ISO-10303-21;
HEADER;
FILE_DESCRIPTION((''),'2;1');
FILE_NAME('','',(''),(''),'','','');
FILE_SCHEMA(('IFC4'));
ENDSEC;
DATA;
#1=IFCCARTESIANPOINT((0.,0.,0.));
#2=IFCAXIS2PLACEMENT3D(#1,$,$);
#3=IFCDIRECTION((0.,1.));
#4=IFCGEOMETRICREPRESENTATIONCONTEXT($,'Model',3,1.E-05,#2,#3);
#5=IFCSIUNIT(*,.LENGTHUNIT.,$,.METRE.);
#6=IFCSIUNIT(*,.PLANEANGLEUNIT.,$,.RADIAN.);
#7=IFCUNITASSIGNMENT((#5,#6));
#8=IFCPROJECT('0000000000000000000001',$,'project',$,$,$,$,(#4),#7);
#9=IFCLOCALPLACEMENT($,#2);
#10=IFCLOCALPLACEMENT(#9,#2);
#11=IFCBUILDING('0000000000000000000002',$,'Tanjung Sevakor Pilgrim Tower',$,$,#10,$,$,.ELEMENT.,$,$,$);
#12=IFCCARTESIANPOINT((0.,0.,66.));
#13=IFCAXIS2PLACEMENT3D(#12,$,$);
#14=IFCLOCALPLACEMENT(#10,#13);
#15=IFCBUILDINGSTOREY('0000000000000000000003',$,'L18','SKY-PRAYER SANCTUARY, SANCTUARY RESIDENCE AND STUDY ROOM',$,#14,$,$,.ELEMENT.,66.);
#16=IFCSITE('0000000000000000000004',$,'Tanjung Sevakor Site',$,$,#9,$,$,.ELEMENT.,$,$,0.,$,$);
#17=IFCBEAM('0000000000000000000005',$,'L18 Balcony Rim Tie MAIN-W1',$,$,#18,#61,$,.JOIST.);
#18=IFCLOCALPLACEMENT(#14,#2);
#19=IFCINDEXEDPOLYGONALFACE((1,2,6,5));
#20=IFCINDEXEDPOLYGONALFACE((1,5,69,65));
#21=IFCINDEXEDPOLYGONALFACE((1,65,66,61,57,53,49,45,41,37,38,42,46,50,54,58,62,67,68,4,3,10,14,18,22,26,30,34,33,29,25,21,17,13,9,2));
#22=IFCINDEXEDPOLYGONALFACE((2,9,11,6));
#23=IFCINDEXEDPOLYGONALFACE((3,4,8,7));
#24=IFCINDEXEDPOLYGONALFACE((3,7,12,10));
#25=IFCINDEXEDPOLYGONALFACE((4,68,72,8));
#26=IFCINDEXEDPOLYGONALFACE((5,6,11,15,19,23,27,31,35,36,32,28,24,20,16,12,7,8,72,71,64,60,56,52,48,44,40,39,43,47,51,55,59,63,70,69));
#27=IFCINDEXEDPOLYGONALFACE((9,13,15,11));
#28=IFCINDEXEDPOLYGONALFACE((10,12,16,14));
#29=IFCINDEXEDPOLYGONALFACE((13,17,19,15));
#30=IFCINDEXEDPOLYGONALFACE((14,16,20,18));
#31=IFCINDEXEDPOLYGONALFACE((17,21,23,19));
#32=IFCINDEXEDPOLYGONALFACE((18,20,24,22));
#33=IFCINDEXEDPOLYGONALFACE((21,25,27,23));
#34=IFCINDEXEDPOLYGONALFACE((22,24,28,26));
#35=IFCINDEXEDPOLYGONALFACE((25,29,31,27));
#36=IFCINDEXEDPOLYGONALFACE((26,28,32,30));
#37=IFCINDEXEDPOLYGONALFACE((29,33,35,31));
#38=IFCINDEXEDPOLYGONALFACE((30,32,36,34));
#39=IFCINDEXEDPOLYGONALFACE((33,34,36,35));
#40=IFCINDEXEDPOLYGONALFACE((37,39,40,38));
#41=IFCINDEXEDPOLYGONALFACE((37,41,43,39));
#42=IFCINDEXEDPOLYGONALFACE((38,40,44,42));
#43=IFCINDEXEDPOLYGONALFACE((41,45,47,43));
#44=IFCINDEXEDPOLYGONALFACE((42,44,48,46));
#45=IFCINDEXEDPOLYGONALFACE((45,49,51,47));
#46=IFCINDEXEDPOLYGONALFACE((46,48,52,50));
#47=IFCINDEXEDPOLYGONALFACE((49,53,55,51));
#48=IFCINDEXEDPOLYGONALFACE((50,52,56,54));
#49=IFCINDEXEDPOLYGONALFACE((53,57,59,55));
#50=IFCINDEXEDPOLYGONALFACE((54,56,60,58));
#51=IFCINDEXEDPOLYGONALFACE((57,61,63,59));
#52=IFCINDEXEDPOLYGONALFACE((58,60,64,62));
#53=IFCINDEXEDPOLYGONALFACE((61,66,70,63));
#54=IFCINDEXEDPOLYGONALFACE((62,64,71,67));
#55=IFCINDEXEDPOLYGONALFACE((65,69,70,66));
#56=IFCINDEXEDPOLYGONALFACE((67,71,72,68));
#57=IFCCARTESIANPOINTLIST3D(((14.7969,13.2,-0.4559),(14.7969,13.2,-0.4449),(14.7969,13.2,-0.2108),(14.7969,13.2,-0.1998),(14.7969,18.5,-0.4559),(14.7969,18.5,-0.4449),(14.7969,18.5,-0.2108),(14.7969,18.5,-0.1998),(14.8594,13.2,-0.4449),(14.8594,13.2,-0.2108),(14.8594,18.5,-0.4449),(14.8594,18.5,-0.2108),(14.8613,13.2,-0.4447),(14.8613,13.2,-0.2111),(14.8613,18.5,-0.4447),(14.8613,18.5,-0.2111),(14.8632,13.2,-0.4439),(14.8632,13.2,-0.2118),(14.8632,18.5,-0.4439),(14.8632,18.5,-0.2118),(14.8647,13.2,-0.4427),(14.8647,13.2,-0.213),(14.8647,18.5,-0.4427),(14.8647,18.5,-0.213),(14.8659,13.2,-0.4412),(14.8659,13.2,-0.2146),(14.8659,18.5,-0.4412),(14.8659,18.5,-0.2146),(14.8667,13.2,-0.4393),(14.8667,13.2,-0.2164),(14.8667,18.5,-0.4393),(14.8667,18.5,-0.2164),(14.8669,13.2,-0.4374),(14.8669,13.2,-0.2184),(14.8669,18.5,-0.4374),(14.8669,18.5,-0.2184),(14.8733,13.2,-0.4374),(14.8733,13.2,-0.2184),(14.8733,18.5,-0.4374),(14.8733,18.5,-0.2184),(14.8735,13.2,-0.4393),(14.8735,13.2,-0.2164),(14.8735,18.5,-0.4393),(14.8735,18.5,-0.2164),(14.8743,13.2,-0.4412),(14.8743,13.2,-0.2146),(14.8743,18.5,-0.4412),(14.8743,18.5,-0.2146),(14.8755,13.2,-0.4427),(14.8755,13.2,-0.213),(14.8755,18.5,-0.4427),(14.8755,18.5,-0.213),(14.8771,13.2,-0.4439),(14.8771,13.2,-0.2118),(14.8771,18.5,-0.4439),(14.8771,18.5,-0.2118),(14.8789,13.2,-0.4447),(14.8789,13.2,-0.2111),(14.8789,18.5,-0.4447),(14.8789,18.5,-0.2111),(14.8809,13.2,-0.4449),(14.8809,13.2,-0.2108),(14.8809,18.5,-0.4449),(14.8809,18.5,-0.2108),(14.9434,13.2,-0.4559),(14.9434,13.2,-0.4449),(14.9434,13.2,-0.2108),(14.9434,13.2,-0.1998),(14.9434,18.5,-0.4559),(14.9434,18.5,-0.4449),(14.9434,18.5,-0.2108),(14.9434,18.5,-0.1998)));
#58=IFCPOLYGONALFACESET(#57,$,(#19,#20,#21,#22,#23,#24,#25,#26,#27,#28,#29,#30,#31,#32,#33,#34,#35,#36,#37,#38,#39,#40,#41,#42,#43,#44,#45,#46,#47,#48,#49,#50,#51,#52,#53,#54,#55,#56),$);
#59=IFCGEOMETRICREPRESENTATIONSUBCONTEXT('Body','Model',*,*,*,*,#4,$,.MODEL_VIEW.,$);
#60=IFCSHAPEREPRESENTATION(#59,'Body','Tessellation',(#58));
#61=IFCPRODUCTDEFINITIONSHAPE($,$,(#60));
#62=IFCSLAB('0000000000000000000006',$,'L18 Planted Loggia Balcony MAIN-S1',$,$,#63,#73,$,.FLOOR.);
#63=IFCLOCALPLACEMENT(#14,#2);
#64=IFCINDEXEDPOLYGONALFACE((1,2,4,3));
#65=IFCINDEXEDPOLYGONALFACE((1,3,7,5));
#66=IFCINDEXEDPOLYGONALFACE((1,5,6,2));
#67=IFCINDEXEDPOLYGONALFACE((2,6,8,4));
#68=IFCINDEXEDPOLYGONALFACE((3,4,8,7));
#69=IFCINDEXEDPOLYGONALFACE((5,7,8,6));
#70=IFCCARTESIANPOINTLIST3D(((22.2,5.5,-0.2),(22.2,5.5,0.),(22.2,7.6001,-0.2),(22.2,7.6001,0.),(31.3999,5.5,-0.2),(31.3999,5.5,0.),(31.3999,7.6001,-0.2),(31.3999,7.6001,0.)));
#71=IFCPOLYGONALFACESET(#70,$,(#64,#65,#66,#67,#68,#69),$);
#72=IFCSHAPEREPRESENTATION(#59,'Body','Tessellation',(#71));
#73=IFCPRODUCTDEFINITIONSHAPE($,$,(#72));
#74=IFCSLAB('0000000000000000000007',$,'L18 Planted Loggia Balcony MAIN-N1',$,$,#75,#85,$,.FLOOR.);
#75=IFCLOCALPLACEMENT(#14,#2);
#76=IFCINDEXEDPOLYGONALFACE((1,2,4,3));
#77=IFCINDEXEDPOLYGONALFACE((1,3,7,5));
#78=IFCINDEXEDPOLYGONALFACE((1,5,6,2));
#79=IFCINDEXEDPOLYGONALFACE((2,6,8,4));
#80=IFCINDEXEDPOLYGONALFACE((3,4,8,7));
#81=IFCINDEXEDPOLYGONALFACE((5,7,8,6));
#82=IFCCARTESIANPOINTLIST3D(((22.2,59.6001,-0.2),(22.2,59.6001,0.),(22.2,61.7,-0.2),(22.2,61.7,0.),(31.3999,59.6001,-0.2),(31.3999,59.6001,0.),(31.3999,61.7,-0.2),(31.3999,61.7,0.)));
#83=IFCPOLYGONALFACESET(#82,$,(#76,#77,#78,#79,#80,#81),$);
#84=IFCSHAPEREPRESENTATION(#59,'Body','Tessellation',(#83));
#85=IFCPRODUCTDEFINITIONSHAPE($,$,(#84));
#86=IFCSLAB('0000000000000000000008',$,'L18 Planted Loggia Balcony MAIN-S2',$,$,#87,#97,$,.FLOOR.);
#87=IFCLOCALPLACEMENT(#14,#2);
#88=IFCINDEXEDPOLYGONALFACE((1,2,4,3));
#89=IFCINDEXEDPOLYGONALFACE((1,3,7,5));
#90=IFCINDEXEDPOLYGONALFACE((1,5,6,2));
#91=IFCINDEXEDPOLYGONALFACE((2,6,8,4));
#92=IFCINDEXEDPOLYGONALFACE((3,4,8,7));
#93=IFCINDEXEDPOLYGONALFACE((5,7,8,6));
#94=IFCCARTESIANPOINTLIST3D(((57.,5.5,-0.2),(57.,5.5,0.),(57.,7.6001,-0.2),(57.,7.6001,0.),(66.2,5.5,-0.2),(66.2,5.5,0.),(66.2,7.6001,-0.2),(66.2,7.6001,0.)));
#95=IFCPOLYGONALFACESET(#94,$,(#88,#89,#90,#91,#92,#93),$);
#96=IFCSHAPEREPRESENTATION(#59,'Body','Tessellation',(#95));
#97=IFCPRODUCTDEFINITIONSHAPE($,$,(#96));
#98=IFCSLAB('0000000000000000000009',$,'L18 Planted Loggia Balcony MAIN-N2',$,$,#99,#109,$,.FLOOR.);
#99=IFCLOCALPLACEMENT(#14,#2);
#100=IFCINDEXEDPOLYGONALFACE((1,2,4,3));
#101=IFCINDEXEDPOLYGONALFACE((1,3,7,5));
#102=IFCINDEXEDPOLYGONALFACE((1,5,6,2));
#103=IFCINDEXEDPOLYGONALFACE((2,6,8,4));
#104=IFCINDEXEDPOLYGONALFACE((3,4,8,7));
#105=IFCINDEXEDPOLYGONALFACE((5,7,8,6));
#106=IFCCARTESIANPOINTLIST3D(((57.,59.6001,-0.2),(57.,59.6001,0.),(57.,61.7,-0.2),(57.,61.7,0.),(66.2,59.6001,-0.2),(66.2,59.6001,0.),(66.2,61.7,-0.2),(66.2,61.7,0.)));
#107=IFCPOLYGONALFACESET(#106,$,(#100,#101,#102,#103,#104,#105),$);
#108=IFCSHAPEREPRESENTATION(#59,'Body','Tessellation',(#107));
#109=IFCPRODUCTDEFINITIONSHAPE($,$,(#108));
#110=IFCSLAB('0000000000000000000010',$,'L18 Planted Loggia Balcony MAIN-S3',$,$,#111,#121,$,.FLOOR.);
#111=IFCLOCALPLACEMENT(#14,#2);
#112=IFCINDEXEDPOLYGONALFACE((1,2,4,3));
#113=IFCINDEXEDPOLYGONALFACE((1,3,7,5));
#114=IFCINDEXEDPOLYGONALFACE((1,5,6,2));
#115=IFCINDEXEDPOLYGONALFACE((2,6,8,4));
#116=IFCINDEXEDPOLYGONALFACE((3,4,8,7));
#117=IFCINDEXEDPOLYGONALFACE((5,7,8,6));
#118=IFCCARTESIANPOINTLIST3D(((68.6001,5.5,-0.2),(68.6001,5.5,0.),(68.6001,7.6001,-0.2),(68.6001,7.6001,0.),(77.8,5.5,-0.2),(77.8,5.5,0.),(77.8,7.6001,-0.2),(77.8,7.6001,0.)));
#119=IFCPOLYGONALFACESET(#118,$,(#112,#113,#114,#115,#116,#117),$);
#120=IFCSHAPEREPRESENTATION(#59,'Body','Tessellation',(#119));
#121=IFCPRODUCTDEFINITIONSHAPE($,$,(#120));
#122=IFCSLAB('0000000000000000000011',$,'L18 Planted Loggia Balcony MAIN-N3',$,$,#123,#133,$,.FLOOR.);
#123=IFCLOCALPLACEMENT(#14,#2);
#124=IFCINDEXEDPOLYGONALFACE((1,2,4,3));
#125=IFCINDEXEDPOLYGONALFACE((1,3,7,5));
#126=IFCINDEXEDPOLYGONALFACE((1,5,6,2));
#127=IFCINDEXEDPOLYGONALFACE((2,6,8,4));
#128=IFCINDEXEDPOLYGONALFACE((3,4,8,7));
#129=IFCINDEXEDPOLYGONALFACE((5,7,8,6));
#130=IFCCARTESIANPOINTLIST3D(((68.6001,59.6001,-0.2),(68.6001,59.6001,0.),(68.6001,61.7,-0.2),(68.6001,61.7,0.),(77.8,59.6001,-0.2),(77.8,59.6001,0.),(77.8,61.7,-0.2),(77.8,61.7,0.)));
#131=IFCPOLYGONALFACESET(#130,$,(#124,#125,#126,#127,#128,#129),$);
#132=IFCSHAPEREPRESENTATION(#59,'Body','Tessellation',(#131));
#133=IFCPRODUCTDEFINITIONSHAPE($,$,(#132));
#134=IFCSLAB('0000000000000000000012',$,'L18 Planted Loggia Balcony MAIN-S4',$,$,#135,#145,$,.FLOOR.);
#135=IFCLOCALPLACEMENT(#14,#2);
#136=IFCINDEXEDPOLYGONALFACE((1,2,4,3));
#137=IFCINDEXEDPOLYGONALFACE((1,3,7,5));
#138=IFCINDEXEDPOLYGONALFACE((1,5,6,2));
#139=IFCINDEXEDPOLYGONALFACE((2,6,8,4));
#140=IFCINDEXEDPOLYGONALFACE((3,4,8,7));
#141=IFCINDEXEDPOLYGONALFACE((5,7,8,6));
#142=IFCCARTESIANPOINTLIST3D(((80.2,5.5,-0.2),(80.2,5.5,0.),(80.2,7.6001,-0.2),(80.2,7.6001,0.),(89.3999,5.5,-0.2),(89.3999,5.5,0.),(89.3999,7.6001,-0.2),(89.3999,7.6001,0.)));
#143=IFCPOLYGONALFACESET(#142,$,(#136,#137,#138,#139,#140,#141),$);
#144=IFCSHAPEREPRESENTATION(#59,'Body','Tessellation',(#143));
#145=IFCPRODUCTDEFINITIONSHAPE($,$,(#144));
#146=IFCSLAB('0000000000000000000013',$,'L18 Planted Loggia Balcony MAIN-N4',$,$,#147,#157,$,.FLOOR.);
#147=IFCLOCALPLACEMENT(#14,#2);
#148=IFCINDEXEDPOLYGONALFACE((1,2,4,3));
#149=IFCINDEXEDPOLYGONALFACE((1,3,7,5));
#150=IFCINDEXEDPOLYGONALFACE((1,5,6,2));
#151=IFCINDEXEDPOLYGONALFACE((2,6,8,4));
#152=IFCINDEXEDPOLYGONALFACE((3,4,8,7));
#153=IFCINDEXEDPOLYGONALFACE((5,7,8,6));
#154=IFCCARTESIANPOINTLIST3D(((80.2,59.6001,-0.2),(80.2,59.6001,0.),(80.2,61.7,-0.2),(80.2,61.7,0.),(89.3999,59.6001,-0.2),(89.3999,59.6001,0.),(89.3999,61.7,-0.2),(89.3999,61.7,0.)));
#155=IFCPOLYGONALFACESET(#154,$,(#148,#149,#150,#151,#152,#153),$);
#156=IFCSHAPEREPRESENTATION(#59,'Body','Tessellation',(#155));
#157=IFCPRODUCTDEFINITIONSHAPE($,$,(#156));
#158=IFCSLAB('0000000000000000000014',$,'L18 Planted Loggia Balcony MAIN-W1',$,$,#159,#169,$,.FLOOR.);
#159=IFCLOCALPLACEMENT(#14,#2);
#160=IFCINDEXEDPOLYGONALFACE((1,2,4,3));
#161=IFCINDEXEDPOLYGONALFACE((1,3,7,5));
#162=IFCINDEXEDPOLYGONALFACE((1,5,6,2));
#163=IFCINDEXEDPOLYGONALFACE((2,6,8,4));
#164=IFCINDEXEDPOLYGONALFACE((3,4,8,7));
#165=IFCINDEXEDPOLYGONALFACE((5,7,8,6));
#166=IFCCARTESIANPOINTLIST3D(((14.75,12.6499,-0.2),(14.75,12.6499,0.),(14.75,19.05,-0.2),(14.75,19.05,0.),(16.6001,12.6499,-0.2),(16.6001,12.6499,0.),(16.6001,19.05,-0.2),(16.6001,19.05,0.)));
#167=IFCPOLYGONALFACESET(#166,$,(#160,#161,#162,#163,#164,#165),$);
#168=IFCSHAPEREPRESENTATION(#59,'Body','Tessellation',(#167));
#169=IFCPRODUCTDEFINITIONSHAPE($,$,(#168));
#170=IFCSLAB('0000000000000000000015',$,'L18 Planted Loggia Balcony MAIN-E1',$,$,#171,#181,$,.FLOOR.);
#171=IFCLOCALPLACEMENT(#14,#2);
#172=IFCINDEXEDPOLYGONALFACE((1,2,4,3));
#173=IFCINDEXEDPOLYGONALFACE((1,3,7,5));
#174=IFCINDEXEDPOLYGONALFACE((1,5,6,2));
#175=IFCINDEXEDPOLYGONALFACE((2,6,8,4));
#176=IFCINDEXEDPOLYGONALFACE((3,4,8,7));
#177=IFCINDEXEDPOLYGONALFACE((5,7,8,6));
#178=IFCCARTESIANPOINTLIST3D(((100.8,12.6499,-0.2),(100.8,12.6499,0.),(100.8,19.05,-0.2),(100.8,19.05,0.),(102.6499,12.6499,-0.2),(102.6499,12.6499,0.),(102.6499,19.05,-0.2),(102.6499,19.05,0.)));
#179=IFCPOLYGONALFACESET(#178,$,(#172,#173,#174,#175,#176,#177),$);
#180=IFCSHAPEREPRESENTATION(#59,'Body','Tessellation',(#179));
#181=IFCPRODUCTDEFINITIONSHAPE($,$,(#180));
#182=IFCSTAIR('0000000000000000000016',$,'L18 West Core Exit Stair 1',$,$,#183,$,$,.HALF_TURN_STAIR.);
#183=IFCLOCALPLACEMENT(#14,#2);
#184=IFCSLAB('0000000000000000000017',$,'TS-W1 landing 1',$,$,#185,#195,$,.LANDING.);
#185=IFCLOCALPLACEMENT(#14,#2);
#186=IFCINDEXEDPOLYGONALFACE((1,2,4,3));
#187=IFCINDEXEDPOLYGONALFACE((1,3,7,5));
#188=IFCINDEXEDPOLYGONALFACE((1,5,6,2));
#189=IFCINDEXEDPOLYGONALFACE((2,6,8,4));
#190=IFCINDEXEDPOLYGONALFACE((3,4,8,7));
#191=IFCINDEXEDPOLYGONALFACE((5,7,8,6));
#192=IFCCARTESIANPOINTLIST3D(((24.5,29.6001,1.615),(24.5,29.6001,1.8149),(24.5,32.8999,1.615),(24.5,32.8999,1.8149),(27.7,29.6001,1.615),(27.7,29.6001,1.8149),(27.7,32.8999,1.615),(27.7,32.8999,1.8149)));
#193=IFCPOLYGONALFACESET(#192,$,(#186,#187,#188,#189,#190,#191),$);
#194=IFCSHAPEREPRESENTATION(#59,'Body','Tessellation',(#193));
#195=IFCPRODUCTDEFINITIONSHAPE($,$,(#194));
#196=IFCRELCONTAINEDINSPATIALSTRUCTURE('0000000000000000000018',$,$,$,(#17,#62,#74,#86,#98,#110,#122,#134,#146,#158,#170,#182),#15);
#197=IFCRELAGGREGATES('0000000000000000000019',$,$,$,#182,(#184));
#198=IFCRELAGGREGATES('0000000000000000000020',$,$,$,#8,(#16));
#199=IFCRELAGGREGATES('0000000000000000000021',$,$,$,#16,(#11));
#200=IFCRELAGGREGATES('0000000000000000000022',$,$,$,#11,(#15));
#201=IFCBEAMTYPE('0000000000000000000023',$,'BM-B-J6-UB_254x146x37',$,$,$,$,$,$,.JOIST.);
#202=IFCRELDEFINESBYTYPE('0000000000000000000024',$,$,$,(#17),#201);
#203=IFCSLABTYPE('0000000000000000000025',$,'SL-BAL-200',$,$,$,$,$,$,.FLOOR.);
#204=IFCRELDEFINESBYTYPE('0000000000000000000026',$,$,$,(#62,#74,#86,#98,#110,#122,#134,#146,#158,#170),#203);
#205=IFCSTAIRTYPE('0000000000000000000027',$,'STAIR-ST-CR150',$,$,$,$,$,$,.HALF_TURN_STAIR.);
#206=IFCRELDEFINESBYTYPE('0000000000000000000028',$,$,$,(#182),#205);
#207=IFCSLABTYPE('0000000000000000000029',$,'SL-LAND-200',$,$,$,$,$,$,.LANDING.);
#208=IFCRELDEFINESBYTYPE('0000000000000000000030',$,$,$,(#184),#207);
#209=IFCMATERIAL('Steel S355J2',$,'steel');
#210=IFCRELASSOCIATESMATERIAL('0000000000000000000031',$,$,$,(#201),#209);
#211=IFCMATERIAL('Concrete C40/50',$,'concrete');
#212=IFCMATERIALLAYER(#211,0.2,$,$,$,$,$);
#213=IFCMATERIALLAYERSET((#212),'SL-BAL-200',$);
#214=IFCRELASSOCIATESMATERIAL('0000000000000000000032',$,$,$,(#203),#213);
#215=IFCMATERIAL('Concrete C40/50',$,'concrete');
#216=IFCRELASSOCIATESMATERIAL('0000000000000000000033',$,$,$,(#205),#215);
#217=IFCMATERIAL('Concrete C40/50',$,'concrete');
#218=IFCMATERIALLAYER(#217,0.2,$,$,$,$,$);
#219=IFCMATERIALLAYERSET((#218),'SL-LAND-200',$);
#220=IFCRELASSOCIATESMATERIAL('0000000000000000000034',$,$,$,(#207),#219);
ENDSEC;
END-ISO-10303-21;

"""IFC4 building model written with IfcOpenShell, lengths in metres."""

from ifc_helpers import new_model, si_unit, direction, frame, origin, origin_2d, place, context, subcontext, project, spatial, polyline, i_section, outline, extrude, material, layer, layer_set, material_profile, profile_set, type_object, element, aggregate, save


model = new_model("IFC4")

# Units and contexts
model_context = context("Model", 3, precision=1e-05, world=origin(), true_north=direction((0.0, 1.0)))
body_context = subcontext(model_context, "Body", "Model", "MODEL_VIEW")
ifc_project = project(units=[si_unit("LENGTHUNIT", "METRE"), si_unit("PLANEANGLEUNIT", "RADIAN")], contexts=[model_context])

# Site, building, storey
site_placement = place(None, origin())
site = spatial("IfcSite", under=ifc_project, at=site_placement, Name="Tanjung Sevakor Site", CompositionType="ELEMENT", RefElevation=0.0)
building_placement = place(site_placement, origin())
building = spatial("IfcBuilding", under=site, at=building_placement, Name="Tanjung Sevakor Pilgrim Tower", CompositionType="ELEMENT")
storey_placement = place(building_placement, frame((0.0, 0.0, 66.0)))
storey = spatial("IfcBuildingStorey", under=building, at=storey_placement, Name="L18", Description="SKY-PRAYER SANCTUARY, SANCTUARY RESIDENCE AND STUDY ROOM", CompositionType="ELEMENT", Elevation=66.0)

# Beam
ifc_material_1 = material(Name="Steel S355J2", Category="steel")
ifc_material_profile = material_profile(ifc_material_1, i_section(OverallWidth=0.1465, OverallDepth=0.2561, WebThickness=0.0063, FlangeThickness=0.011, FilletRadius=0.0076, at=origin_2d()))
ifc_profile_set = profile_set([ifc_material_profile], Name="Steel S355J2")
beam_type = type_object("IfcBeamType", Name="BM-B-J6-UB_254x146x37", PredefinedType="JOIST", material=ifc_profile_set)
beam_placement = place(storey_placement, frame((14.8701, 13.2, -0.3279), z_axis=(0.0, 1.0, 0.0), x_axis=(-1.0, 0.0, 0.0)))
element("IfcBeam", 1, at=beam_placement, inside=storey, type_object=beam_type, Name="L18 Balcony Rim Tie MAIN-W1", PredefinedType="JOIST", context=body_context, shape_type="SweptSolid", body=[
    extrude(i_section(OverallWidth=0.1465, OverallDepth=0.2561, WebThickness=0.0063, FlangeThickness=0.011, FilletRadius=0.0076, at=origin_2d()), origin(), (0.0, 0.0, 1.0), 5.3),
])

# Slabs
ifc_material_2 = material(Name="Concrete C40/50", Category="concrete")
ifc_layer_1 = layer(ifc_material_2, 0.2)
ifc_layer_set_1 = layer_set([ifc_layer_1], Name="SL-BAL-200")
slab_type_1 = type_object("IfcSlabType", Name="SL-BAL-200", PredefinedType="FLOOR", material=ifc_layer_set_1)
slab_1_placement = place(storey_placement, frame((0.0, 0.0, -0.2)))
element("IfcSlab", 2, at=slab_1_placement, inside=storey, type_object=slab_type_1, Name="L18 Planted Loggia Balcony MAIN-S1", PredefinedType="FLOOR", context=body_context, shape_type="SweptSolid", body=[
    extrude(outline(polyline([(22.2, 5.5), (31.3999, 5.5), (31.3999, 7.6001), (22.2, 7.6001), (22.2, 5.5)])), origin(), (0.0, 0.0, 1.0), 0.2),
])
slab_2_placement = place(storey_placement, frame((0.0, 0.0, -0.2)))
element("IfcSlab", 3, at=slab_2_placement, inside=storey, type_object=slab_type_1, Name="L18 Planted Loggia Balcony MAIN-N1", PredefinedType="FLOOR", context=body_context, shape_type="SweptSolid", body=[
    extrude(outline(polyline([(22.2, 59.6001), (31.3999, 59.6001), (31.3999, 61.7), (22.2, 61.7), (22.2, 59.6001)])), origin(), (0.0, 0.0, 1.0), 0.2),
])
slab_3_placement = place(storey_placement, frame((0.0, 0.0, -0.2)))
element("IfcSlab", 4, at=slab_3_placement, inside=storey, type_object=slab_type_1, Name="L18 Planted Loggia Balcony MAIN-S2", PredefinedType="FLOOR", context=body_context, shape_type="SweptSolid", body=[
    extrude(outline(polyline([(57.0, 5.5), (66.2, 5.5), (66.2, 7.6001), (57.0, 7.6001), (57.0, 5.5)])), origin(), (0.0, 0.0, 1.0), 0.2),
])
slab_4_placement = place(storey_placement, frame((0.0, 0.0, -0.2)))
element("IfcSlab", 5, at=slab_4_placement, inside=storey, type_object=slab_type_1, Name="L18 Planted Loggia Balcony MAIN-N2", PredefinedType="FLOOR", context=body_context, shape_type="SweptSolid", body=[
    extrude(outline(polyline([(57.0, 59.6001), (66.2, 59.6001), (66.2, 61.7), (57.0, 61.7), (57.0, 59.6001)])), origin(), (0.0, 0.0, 1.0), 0.2),
])
slab_5_placement = place(storey_placement, frame((0.0, 0.0, -0.2)))
element("IfcSlab", 6, at=slab_5_placement, inside=storey, type_object=slab_type_1, Name="L18 Planted Loggia Balcony MAIN-S3", PredefinedType="FLOOR", context=body_context, shape_type="SweptSolid", body=[
    extrude(outline(polyline([(68.6001, 5.5), (77.8, 5.5), (77.8, 7.6001), (68.6001, 7.6001), (68.6001, 5.5)])), origin(), (0.0, 0.0, 1.0), 0.2),
])
slab_6_placement = place(storey_placement, frame((0.0, 0.0, -0.2)))
element("IfcSlab", 7, at=slab_6_placement, inside=storey, type_object=slab_type_1, Name="L18 Planted Loggia Balcony MAIN-N3", PredefinedType="FLOOR", context=body_context, shape_type="SweptSolid", body=[
    extrude(outline(polyline([(68.6001, 59.6001), (77.8, 59.6001), (77.8, 61.7), (68.6001, 61.7), (68.6001, 59.6001)])), origin(), (0.0, 0.0, 1.0), 0.2),
])
slab_7_placement = place(storey_placement, frame((0.0, 0.0, -0.2)))
element("IfcSlab", 8, at=slab_7_placement, inside=storey, type_object=slab_type_1, Name="L18 Planted Loggia Balcony MAIN-S4", PredefinedType="FLOOR", context=body_context, shape_type="SweptSolid", body=[
    extrude(outline(polyline([(80.2, 5.5), (89.3999, 5.5), (89.3999, 7.6001), (80.2, 7.6001), (80.2, 5.5)])), origin(), (0.0, 0.0, 1.0), 0.2),
])
slab_8_placement = place(storey_placement, frame((0.0, 0.0, -0.2)))
element("IfcSlab", 9, at=slab_8_placement, inside=storey, type_object=slab_type_1, Name="L18 Planted Loggia Balcony MAIN-N4", PredefinedType="FLOOR", context=body_context, shape_type="SweptSolid", body=[
    extrude(outline(polyline([(80.2, 59.6001), (89.3999, 59.6001), (89.3999, 61.7), (80.2, 61.7), (80.2, 59.6001)])), origin(), (0.0, 0.0, 1.0), 0.2),
])
slab_9_placement = place(storey_placement, frame((0.0, 0.0, -0.2)))
element("IfcSlab", 10, at=slab_9_placement, inside=storey, type_object=slab_type_1, Name="L18 Planted Loggia Balcony MAIN-W1", PredefinedType="FLOOR", context=body_context, shape_type="SweptSolid", body=[
    extrude(outline(polyline([(14.75, 12.6499), (16.6001, 12.6499), (16.6001, 19.05), (14.75, 19.05), (14.75, 12.6499)])), origin(), (0.0, 0.0, 1.0), 0.2),
])
slab_10_placement = place(storey_placement, frame((0.0, 0.0, -0.2)))
element("IfcSlab", 11, at=slab_10_placement, inside=storey, type_object=slab_type_1, Name="L18 Planted Loggia Balcony MAIN-E1", PredefinedType="FLOOR", context=body_context, shape_type="SweptSolid", body=[
    extrude(outline(polyline([(100.8, 12.6499), (102.6499, 12.6499), (102.6499, 19.05), (100.8, 19.05), (100.8, 12.6499)])), origin(), (0.0, 0.0, 1.0), 0.2),
])

# Stair, slab
ifc_material_3 = material(Name="Concrete C40/50", Category="concrete")
stair_type = type_object("IfcStairType", Name="STAIR-ST-CR150", PredefinedType="HALF_TURN_STAIR", material=ifc_material_3)
stair_1_placement = place(storey_placement, origin())
stair_1 = element("IfcStair", 12, at=stair_1_placement, inside=storey, type_object=stair_type, Name="L18 West Core Exit Stair 1", PredefinedType="HALF_TURN_STAIR")
ifc_material_4 = material(Name="Concrete C40/50", Category="concrete")
ifc_layer_2 = layer(ifc_material_4, 0.2)
ifc_layer_set_2 = layer_set([ifc_layer_2], Name="SL-LAND-200")
slab_type_2 = type_object("IfcSlabType", Name="SL-LAND-200", PredefinedType="LANDING", material=ifc_layer_set_2)
slab_11_placement = place(storey_placement, frame((0.0, 0.0, 1.615)))
slab_11 = element("IfcSlab", 13, at=slab_11_placement, type_object=slab_type_2, Name="TS-W1 landing 1", PredefinedType="LANDING", context=body_context, shape_type="SweptSolid", body=[
    extrude(outline(polyline([(27.7, 29.6001), (27.7, 32.8999), (24.5, 32.8999), (24.5, 29.6001), (27.7, 29.6001)])), origin(), (0.0, 0.0, 1.0), 0.2),
])
aggregate(stair_1, [slab_11])

save(model, "model.ifc")
